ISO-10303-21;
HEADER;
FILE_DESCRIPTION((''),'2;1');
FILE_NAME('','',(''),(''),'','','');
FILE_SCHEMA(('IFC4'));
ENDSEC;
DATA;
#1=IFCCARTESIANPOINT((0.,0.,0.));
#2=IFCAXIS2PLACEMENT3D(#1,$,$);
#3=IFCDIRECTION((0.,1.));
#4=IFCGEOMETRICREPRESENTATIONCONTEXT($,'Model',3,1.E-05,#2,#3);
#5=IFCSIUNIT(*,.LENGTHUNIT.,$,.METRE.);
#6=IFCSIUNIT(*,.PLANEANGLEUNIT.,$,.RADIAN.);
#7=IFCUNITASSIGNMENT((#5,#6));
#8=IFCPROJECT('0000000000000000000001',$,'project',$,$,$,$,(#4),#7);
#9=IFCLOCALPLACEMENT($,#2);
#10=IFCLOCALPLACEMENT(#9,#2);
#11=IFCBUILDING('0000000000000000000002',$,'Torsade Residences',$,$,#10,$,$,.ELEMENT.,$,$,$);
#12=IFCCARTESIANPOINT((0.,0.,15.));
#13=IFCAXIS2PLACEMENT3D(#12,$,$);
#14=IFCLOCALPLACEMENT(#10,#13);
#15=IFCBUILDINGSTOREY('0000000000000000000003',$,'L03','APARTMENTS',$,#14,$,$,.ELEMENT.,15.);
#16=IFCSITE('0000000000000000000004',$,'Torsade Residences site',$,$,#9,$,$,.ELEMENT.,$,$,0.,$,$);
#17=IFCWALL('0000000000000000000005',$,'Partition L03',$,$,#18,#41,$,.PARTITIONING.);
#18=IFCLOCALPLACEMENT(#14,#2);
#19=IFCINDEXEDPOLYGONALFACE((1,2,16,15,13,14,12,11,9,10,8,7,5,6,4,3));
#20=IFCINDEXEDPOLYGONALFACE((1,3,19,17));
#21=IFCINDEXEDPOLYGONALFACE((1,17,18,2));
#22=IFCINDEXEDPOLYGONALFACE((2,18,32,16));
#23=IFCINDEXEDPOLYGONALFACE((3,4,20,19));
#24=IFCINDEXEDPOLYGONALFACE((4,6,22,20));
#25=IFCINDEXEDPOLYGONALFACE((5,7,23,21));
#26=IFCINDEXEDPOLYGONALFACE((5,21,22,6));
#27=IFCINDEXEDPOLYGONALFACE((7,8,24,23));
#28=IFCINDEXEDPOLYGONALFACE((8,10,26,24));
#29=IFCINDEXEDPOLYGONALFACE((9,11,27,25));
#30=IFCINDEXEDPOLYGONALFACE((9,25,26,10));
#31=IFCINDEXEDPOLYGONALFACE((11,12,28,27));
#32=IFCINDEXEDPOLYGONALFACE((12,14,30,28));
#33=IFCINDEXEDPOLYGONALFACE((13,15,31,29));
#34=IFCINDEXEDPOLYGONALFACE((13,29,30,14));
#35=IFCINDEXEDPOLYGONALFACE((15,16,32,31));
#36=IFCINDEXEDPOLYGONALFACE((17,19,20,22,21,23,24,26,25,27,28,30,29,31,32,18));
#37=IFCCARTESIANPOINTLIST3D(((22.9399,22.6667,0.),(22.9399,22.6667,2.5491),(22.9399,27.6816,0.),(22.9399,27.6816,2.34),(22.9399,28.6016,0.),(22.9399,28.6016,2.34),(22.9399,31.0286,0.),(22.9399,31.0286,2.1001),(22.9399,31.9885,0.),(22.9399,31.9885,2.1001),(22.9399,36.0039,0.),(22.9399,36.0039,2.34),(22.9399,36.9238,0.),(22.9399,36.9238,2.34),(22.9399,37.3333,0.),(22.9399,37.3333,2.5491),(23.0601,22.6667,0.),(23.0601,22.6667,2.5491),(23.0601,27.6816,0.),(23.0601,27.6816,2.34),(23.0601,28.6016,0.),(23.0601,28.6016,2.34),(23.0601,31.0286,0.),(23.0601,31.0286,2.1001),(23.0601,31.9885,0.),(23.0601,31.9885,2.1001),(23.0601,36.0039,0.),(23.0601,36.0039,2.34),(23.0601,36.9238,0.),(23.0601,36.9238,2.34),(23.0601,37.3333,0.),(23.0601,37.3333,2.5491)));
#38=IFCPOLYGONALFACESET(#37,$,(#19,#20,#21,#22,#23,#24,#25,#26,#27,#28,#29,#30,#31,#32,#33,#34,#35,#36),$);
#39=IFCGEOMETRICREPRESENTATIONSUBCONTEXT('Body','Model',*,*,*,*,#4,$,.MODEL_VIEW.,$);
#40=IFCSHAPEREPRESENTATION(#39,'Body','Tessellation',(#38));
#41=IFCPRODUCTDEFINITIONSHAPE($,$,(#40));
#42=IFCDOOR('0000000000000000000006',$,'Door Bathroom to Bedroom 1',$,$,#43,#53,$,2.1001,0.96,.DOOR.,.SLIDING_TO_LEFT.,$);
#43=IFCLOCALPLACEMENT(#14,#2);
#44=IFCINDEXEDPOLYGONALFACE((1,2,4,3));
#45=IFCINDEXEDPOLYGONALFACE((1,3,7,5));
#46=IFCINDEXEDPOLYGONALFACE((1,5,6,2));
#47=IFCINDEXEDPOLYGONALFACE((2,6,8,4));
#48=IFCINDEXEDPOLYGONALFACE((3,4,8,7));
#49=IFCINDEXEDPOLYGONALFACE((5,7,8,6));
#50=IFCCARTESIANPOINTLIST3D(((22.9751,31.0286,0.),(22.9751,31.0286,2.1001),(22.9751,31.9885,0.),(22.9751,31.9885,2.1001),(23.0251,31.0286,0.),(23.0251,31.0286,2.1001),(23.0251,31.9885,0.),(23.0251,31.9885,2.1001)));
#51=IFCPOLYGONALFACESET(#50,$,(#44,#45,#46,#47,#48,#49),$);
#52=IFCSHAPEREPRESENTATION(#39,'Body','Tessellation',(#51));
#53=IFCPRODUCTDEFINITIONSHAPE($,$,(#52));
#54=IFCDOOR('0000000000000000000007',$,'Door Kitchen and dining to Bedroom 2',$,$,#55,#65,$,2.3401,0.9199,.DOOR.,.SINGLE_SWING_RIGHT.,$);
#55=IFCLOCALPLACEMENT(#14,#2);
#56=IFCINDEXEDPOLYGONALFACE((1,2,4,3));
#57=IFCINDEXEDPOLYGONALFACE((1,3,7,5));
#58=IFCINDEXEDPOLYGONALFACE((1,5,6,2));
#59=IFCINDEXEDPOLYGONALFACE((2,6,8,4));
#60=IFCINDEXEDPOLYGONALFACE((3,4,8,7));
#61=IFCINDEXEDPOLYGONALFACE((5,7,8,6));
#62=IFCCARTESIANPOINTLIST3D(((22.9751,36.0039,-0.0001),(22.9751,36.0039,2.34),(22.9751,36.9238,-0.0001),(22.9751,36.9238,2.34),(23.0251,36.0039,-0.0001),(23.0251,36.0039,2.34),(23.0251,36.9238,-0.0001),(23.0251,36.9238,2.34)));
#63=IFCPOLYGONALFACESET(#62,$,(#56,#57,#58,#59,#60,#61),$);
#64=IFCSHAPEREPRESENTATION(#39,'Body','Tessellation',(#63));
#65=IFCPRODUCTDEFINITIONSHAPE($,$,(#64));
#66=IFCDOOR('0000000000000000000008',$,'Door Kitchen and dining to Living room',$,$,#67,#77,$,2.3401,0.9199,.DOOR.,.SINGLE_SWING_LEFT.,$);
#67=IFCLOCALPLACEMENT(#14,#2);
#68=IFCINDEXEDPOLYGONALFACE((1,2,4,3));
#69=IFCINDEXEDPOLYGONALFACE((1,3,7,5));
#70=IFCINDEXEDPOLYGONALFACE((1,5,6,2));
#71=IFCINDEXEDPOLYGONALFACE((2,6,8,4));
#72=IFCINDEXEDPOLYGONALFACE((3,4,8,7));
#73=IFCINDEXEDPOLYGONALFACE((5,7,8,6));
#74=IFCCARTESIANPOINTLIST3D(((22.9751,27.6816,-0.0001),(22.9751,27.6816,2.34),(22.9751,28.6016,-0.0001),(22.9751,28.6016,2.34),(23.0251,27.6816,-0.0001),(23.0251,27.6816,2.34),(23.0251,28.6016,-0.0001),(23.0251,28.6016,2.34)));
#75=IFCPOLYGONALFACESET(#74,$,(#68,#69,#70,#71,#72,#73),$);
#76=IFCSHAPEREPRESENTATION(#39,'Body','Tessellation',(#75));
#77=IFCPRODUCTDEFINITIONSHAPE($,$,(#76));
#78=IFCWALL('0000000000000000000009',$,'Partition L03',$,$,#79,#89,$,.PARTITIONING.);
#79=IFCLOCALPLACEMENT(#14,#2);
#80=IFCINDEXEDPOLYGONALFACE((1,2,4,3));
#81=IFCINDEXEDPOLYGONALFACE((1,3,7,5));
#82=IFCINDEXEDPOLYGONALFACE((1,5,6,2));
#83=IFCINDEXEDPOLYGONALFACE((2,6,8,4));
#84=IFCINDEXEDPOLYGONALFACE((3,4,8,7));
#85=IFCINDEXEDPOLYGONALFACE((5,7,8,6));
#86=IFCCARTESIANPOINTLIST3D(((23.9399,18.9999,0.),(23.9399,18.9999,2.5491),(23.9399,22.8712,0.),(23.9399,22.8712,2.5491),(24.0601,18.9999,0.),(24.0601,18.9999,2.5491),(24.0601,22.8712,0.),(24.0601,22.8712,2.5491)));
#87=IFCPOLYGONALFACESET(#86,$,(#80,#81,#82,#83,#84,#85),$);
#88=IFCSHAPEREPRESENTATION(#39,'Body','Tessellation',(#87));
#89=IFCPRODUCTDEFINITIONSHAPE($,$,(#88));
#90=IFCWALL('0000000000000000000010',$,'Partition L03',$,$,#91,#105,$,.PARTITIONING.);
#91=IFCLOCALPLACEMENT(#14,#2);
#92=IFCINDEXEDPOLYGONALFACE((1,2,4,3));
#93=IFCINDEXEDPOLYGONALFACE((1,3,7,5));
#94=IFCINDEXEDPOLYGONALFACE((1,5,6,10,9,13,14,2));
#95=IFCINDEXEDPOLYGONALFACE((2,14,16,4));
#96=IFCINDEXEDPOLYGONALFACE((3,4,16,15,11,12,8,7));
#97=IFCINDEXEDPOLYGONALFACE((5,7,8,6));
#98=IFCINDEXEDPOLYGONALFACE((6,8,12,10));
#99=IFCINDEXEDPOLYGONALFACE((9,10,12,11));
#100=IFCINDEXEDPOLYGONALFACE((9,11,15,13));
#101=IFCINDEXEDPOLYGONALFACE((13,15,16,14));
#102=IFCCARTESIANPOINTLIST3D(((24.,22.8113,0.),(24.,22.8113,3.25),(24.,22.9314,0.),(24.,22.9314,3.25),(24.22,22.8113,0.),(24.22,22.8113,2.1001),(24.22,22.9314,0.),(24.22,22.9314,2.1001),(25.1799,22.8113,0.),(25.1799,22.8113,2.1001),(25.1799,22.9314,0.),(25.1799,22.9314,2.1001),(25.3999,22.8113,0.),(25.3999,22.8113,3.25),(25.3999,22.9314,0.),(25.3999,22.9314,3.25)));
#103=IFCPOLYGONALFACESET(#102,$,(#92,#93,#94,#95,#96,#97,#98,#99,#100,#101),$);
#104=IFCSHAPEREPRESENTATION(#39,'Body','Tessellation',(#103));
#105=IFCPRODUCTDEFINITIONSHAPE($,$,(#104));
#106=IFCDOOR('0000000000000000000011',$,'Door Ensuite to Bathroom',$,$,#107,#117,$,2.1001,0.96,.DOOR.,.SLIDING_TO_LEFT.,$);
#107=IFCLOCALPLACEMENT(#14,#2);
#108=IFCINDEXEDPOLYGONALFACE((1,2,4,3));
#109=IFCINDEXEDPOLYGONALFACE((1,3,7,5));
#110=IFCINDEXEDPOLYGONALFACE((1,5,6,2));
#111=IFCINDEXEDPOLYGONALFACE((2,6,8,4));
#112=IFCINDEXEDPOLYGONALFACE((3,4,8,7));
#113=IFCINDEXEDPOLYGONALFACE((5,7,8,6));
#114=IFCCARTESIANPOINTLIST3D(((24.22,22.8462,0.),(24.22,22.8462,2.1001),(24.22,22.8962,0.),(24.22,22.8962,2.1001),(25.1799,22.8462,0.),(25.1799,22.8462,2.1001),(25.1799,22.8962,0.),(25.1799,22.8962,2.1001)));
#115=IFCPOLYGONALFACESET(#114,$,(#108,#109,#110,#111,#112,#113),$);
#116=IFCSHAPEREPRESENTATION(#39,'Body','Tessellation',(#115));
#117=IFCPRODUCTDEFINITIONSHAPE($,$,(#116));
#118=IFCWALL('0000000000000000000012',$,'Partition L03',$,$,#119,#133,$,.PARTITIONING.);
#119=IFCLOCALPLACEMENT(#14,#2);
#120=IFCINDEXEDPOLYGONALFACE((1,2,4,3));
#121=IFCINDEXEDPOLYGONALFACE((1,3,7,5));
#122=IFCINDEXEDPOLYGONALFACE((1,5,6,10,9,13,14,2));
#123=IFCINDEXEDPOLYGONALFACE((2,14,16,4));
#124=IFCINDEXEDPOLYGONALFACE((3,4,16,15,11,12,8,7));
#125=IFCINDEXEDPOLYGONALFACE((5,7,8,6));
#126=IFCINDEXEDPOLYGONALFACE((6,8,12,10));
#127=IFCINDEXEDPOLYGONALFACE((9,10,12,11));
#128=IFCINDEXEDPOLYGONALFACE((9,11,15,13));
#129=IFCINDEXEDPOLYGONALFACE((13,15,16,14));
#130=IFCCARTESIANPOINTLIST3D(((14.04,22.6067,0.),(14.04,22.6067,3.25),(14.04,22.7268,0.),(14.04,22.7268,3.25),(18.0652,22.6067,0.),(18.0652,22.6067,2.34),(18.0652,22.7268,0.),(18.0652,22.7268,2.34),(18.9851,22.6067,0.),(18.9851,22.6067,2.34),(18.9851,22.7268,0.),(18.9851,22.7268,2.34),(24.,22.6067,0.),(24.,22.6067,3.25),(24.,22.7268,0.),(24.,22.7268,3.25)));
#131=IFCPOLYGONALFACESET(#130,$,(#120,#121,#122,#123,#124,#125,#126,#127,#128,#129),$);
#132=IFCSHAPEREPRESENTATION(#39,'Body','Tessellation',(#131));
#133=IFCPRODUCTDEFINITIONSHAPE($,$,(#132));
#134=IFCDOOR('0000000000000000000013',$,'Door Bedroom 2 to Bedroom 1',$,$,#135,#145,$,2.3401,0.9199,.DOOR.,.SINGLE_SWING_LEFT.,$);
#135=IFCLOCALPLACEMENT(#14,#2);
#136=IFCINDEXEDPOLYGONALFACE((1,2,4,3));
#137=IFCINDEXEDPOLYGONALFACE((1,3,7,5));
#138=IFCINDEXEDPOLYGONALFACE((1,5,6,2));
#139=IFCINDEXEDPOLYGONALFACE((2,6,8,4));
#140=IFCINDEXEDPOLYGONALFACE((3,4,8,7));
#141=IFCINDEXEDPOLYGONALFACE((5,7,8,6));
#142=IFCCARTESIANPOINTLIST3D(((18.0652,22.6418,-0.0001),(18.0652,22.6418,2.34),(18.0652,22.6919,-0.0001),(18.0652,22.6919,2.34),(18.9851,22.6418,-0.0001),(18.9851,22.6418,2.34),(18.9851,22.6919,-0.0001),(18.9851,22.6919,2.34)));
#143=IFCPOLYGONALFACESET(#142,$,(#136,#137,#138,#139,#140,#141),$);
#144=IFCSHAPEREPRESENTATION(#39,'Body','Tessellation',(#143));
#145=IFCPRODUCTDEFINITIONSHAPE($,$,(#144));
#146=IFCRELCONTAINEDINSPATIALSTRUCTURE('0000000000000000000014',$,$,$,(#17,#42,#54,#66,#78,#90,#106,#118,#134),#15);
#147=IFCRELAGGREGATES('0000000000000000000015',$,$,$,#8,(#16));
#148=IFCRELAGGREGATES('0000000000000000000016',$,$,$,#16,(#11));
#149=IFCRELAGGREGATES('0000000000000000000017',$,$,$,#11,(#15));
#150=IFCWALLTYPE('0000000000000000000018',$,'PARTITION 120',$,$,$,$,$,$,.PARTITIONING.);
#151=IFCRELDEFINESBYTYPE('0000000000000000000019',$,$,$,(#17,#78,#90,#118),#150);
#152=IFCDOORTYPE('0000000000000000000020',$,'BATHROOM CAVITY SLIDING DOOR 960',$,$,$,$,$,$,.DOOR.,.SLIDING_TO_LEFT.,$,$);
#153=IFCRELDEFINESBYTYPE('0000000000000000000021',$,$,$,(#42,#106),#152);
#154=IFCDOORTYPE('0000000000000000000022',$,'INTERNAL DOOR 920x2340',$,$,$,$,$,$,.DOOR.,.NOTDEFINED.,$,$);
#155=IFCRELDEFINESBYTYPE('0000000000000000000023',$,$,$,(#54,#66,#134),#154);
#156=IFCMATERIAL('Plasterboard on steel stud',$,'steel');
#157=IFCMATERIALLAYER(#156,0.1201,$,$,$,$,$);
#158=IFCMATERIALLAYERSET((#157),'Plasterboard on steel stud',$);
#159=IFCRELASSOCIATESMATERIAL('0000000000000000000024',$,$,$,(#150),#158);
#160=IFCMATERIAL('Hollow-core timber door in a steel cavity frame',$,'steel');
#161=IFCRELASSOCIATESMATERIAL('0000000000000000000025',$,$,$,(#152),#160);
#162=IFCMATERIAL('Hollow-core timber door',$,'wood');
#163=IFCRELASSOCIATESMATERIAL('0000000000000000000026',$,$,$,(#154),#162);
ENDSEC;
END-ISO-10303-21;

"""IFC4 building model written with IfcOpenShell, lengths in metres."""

from ifc_helpers import new_model, si_unit, direction, frame, frame_2d, origin, place, context, subcontext, project, spatial, rectangle, extrude, material, layer, layer_set, type_object, element, fill, save


model = new_model("IFC4")

# Units and contexts
model_context = context("Model", 3, precision=1e-05, world=origin(), true_north=direction((0.0, 1.0)))
body_context = subcontext(model_context, "Body", "Model", "MODEL_VIEW")
ifc_project = project(units=[si_unit("LENGTHUNIT", "METRE"), si_unit("PLANEANGLEUNIT", "RADIAN")], contexts=[model_context])

# Site, building, storey
site_placement = place(None, origin())
site = spatial("IfcSite", under=ifc_project, at=site_placement, Name="Torsade Residences site", CompositionType="ELEMENT", RefElevation=0.0)
building_placement = place(site_placement, origin())
building = spatial("IfcBuilding", under=site, at=building_placement, Name="Torsade Residences", CompositionType="ELEMENT")
storey_placement = place(building_placement, frame((0.0, 0.0, 15.0)))
storey = spatial("IfcBuildingStorey", under=building, at=storey_placement, Name="L03", Description="APARTMENTS", CompositionType="ELEMENT", Elevation=15.0)

# Shared definitions
ifc_material_1 = material(Name="Plasterboard on steel stud", Category="steel")
ifc_layer_1 = layer(ifc_material_1, 0.1201)
ifc_layer_set_1 = layer_set([ifc_layer_1], Name="Plasterboard on steel stud")
wall_type_1 = type_object("IfcWallType", Name="PARTITION 120", PredefinedType="PARTITIONING", material=ifc_layer_set_1)
ifc_material_2 = material(Name="Hollow-core timber door in a steel cavity frame", Category="steel")
door_type_1 = type_object("IfcDoorType", Name="BATHROOM CAVITY SLIDING DOOR 960", OperationType="SLIDING_TO_LEFT", PredefinedType="DOOR", material=ifc_material_2)

# Wall, openings, doors
wall_1_placement = place(storey_placement, frame((23.0, 22.6667, 0.0), z_axis=(0.0, 0.0, 1.0), x_axis=(0.0, 1.0, 0.0)))
wall_1 = element("IfcWall", 1, at=wall_1_placement, inside=storey, type_object=wall_type_1, Name="Partition L03", PredefinedType="PARTITIONING", context=body_context, shape_type="SweptSolid", body=[
    extrude(rectangle(XDim=14.6665, YDim=0.1201, at=frame_2d((7.3333, 0.0))), origin(), (0.0, 0.0, 1.0), 2.5491),
])
opening_1_placement = place(wall_1_placement, frame((13.3372, 0.0, 0.0)))
opening_1 = element("IfcOpeningElement", 2, at=opening_1_placement, cuts=wall_1, PredefinedType="OPENING", context=body_context, shape_type="SweptSolid", body=[
    extrude(rectangle(XDim=0.9199, YDim=2.3401, at=frame_2d((0.46, 1.1699))), frame((0.0, 0.0701, 0.0), z_axis=(0.0, -1.0, 0.0), x_axis=(1.0, 0.0, 0.0)), (0.0, 0.0, 1.0), 0.1401),
])
opening_2_placement = place(wall_1_placement, frame((5.0149, 0.0, 0.0)))
opening_2 = element("IfcOpeningElement", 3, at=opening_2_placement, cuts=wall_1, PredefinedType="OPENING", context=body_context, shape_type="SweptSolid", body=[
    extrude(rectangle(XDim=0.9199, YDim=2.3401, at=frame_2d((0.46, 1.1699))), frame((0.0, 0.0701, 0.0), z_axis=(0.0, -1.0, 0.0), x_axis=(1.0, 0.0, 0.0)), (0.0, 0.0, 1.0), 0.1401),
])
opening_3_placement = place(wall_1_placement, frame((8.3618, 0.0, 0.0)))
opening_3 = element("IfcOpeningElement", 4, at=opening_3_placement, cuts=wall_1, PredefinedType="OPENING", context=body_context, shape_type="SweptSolid", body=[
    extrude(rectangle(XDim=0.96, YDim=2.1001, at=frame_2d((0.48, 1.05))), frame((0.0, 0.0701, 0.0), z_axis=(0.0, -1.0, 0.0), x_axis=(1.0, 0.0, 0.0)), (0.0, 0.0, 1.0), 0.1401),
])
door_1_placement = place(opening_3_placement, origin())
door_1 = element("IfcDoor", 5, at=door_1_placement, inside=storey, type_object=door_type_1, Name="Door Bathroom to Bedroom 1", OperationType="SLIDING_TO_LEFT", OverallHeight=2.1001, OverallWidth=0.96, PredefinedType="DOOR", context=body_context, shape_type="SweptSolid", body=[
    extrude(rectangle(XDim=0.96, YDim=2.1001, at=frame_2d((0.48, 1.05))), frame((0.0, 0.0249, 0.0), z_axis=(0.0, -1.0, 0.0), x_axis=(1.0, 0.0, 0.0)), (0.0, 0.0, 1.0), 0.05),
])
fill(opening_3, door_1)
ifc_material_3 = material(Name="Hollow-core timber door", Category="wood")
door_type_2 = type_object("IfcDoorType", Name="INTERNAL DOOR 920x2340", OperationType="NOTDEFINED", PredefinedType="DOOR", material=ifc_material_3)
door_2_placement = place(opening_1_placement, origin())
door_2 = element("IfcDoor", 6, at=door_2_placement, inside=storey, type_object=door_type_2, Name="Door Kitchen and dining to Bedroom 2", OperationType="SINGLE_SWING_RIGHT", OverallHeight=2.3401, OverallWidth=0.9199, PredefinedType="DOOR", context=body_context, shape_type="SweptSolid", body=[
    extrude(rectangle(XDim=0.9199, YDim=2.3401, at=frame_2d((0.46, 1.1699))), frame((0.0, 0.0249, 0.0), z_axis=(0.0, -1.0, 0.0), x_axis=(1.0, 0.0, 0.0)), (0.0, 0.0, 1.0), 0.05),
])
fill(opening_1, door_2)
door_3_placement = place(opening_2_placement, origin())
door_3 = element("IfcDoor", 7, at=door_3_placement, inside=storey, type_object=door_type_2, Name="Door Kitchen and dining to Living room", OperationType="SINGLE_SWING_LEFT", OverallHeight=2.3401, OverallWidth=0.9199, PredefinedType="DOOR", context=body_context, shape_type="SweptSolid", body=[
    extrude(rectangle(XDim=0.9199, YDim=2.3401, at=frame_2d((0.46, 1.1699))), frame((0.0, 0.0249, 0.0), z_axis=(0.0, -1.0, 0.0), x_axis=(1.0, 0.0, 0.0)), (0.0, 0.0, 1.0), 0.05),
])
fill(opening_2, door_3)

# Wall
wall_2_placement = place(storey_placement, frame((24.0, 19.0, 0.0), z_axis=(0.0, 0.0, 1.0), x_axis=(0.0, 1.0, 0.0)))
element("IfcWall", 8, at=wall_2_placement, inside=storey, type_object=wall_type_1, Name="Partition L03", PredefinedType="PARTITIONING", context=body_context, shape_type="SweptSolid", body=[
    extrude(rectangle(XDim=3.8713, YDim=0.1201, at=frame_2d((1.9355, 0.0))), origin(), (0.0, 0.0, 1.0), 2.5491),
])

# Walls, openings, doors
wall_3_placement = place(storey_placement, frame((24.0, 22.8713, 0.0), z_axis=(0.0, 0.0, 1.0), x_axis=(1.0, 0.0, 0.0)))
wall_3 = element("IfcWall", 9, at=wall_3_placement, inside=storey, type_object=wall_type_1, Name="Partition L03", PredefinedType="PARTITIONING", context=body_context, shape_type="SweptSolid", body=[
    extrude(rectangle(XDim=1.3999, YDim=0.1201, at=frame_2d((0.7, 0.0))), origin(), (0.0, 0.0, 1.0), 3.25),
])
opening_4_placement = place(wall_3_placement, frame((0.22, 0.0, 0.0)))
opening_4 = element("IfcOpeningElement", 10, at=opening_4_placement, cuts=wall_3, PredefinedType="OPENING", context=body_context, shape_type="SweptSolid", body=[
    extrude(rectangle(XDim=0.96, YDim=2.1001, at=frame_2d((0.48, 1.05))), frame((0.0, 0.0701, 0.0), z_axis=(0.0, -1.0, 0.0), x_axis=(1.0, 0.0, 0.0)), (0.0, 0.0, 1.0), 0.1401),
])
door_4_placement = place(opening_4_placement, origin())
door_4 = element("IfcDoor", 11, at=door_4_placement, inside=storey, type_object=door_type_1, Name="Door Ensuite to Bathroom", OperationType="SLIDING_TO_LEFT", OverallHeight=2.1001, OverallWidth=0.96, PredefinedType="DOOR", context=body_context, shape_type="SweptSolid", body=[
    extrude(rectangle(XDim=0.96, YDim=2.1001, at=frame_2d((0.48, 1.05))), frame((0.0, 0.0249, 0.0), z_axis=(0.0, -1.0, 0.0), x_axis=(1.0, 0.0, 0.0)), (0.0, 0.0, 1.0), 0.05),
])
fill(opening_4, door_4)
wall_4_placement = place(storey_placement, frame((24.0, 22.6667, 0.0), z_axis=(0.0, 0.0, 1.0), x_axis=(-1.0, 0.0, 0.0)))
wall_4 = element("IfcWall", 12, at=wall_4_placement, inside=storey, type_object=wall_type_1, Name="Partition L03", PredefinedType="PARTITIONING", context=body_context, shape_type="SweptSolid", body=[
    extrude(rectangle(XDim=9.96, YDim=0.1201, at=frame_2d((4.98, 0.0))), origin(), (0.0, 0.0, 1.0), 3.25),
])
opening_5_placement = place(wall_4_placement, frame((5.0149, 0.0, 0.0)))
opening_5 = element("IfcOpeningElement", 13, at=opening_5_placement, cuts=wall_4, PredefinedType="OPENING", context=body_context, shape_type="SweptSolid", body=[
    extrude(rectangle(XDim=0.9199, YDim=2.3401, at=frame_2d((0.46, 1.1699))), frame((0.0, 0.0701, 0.0), z_axis=(0.0, -1.0, 0.0), x_axis=(1.0, 0.0, 0.0)), (0.0, 0.0, 1.0), 0.1401),
])
door_5_placement = place(opening_5_placement, origin())
door_5 = element("IfcDoor", 14, at=door_5_placement, inside=storey, type_object=door_type_2, Name="Door Bedroom 2 to Bedroom 1", OperationType="SINGLE_SWING_LEFT", OverallHeight=2.3401, OverallWidth=0.9199, PredefinedType="DOOR", context=body_context, shape_type="SweptSolid", body=[
    extrude(rectangle(XDim=0.9199, YDim=2.3401, at=frame_2d((0.46, 1.1699))), frame((0.0, 0.0249, 0.0), z_axis=(0.0, -1.0, 0.0), x_axis=(1.0, 0.0, 0.0)), (0.0, 0.0, 1.0), 0.05),
])
fill(opening_5, door_5)

save(model, "model.ifc")
